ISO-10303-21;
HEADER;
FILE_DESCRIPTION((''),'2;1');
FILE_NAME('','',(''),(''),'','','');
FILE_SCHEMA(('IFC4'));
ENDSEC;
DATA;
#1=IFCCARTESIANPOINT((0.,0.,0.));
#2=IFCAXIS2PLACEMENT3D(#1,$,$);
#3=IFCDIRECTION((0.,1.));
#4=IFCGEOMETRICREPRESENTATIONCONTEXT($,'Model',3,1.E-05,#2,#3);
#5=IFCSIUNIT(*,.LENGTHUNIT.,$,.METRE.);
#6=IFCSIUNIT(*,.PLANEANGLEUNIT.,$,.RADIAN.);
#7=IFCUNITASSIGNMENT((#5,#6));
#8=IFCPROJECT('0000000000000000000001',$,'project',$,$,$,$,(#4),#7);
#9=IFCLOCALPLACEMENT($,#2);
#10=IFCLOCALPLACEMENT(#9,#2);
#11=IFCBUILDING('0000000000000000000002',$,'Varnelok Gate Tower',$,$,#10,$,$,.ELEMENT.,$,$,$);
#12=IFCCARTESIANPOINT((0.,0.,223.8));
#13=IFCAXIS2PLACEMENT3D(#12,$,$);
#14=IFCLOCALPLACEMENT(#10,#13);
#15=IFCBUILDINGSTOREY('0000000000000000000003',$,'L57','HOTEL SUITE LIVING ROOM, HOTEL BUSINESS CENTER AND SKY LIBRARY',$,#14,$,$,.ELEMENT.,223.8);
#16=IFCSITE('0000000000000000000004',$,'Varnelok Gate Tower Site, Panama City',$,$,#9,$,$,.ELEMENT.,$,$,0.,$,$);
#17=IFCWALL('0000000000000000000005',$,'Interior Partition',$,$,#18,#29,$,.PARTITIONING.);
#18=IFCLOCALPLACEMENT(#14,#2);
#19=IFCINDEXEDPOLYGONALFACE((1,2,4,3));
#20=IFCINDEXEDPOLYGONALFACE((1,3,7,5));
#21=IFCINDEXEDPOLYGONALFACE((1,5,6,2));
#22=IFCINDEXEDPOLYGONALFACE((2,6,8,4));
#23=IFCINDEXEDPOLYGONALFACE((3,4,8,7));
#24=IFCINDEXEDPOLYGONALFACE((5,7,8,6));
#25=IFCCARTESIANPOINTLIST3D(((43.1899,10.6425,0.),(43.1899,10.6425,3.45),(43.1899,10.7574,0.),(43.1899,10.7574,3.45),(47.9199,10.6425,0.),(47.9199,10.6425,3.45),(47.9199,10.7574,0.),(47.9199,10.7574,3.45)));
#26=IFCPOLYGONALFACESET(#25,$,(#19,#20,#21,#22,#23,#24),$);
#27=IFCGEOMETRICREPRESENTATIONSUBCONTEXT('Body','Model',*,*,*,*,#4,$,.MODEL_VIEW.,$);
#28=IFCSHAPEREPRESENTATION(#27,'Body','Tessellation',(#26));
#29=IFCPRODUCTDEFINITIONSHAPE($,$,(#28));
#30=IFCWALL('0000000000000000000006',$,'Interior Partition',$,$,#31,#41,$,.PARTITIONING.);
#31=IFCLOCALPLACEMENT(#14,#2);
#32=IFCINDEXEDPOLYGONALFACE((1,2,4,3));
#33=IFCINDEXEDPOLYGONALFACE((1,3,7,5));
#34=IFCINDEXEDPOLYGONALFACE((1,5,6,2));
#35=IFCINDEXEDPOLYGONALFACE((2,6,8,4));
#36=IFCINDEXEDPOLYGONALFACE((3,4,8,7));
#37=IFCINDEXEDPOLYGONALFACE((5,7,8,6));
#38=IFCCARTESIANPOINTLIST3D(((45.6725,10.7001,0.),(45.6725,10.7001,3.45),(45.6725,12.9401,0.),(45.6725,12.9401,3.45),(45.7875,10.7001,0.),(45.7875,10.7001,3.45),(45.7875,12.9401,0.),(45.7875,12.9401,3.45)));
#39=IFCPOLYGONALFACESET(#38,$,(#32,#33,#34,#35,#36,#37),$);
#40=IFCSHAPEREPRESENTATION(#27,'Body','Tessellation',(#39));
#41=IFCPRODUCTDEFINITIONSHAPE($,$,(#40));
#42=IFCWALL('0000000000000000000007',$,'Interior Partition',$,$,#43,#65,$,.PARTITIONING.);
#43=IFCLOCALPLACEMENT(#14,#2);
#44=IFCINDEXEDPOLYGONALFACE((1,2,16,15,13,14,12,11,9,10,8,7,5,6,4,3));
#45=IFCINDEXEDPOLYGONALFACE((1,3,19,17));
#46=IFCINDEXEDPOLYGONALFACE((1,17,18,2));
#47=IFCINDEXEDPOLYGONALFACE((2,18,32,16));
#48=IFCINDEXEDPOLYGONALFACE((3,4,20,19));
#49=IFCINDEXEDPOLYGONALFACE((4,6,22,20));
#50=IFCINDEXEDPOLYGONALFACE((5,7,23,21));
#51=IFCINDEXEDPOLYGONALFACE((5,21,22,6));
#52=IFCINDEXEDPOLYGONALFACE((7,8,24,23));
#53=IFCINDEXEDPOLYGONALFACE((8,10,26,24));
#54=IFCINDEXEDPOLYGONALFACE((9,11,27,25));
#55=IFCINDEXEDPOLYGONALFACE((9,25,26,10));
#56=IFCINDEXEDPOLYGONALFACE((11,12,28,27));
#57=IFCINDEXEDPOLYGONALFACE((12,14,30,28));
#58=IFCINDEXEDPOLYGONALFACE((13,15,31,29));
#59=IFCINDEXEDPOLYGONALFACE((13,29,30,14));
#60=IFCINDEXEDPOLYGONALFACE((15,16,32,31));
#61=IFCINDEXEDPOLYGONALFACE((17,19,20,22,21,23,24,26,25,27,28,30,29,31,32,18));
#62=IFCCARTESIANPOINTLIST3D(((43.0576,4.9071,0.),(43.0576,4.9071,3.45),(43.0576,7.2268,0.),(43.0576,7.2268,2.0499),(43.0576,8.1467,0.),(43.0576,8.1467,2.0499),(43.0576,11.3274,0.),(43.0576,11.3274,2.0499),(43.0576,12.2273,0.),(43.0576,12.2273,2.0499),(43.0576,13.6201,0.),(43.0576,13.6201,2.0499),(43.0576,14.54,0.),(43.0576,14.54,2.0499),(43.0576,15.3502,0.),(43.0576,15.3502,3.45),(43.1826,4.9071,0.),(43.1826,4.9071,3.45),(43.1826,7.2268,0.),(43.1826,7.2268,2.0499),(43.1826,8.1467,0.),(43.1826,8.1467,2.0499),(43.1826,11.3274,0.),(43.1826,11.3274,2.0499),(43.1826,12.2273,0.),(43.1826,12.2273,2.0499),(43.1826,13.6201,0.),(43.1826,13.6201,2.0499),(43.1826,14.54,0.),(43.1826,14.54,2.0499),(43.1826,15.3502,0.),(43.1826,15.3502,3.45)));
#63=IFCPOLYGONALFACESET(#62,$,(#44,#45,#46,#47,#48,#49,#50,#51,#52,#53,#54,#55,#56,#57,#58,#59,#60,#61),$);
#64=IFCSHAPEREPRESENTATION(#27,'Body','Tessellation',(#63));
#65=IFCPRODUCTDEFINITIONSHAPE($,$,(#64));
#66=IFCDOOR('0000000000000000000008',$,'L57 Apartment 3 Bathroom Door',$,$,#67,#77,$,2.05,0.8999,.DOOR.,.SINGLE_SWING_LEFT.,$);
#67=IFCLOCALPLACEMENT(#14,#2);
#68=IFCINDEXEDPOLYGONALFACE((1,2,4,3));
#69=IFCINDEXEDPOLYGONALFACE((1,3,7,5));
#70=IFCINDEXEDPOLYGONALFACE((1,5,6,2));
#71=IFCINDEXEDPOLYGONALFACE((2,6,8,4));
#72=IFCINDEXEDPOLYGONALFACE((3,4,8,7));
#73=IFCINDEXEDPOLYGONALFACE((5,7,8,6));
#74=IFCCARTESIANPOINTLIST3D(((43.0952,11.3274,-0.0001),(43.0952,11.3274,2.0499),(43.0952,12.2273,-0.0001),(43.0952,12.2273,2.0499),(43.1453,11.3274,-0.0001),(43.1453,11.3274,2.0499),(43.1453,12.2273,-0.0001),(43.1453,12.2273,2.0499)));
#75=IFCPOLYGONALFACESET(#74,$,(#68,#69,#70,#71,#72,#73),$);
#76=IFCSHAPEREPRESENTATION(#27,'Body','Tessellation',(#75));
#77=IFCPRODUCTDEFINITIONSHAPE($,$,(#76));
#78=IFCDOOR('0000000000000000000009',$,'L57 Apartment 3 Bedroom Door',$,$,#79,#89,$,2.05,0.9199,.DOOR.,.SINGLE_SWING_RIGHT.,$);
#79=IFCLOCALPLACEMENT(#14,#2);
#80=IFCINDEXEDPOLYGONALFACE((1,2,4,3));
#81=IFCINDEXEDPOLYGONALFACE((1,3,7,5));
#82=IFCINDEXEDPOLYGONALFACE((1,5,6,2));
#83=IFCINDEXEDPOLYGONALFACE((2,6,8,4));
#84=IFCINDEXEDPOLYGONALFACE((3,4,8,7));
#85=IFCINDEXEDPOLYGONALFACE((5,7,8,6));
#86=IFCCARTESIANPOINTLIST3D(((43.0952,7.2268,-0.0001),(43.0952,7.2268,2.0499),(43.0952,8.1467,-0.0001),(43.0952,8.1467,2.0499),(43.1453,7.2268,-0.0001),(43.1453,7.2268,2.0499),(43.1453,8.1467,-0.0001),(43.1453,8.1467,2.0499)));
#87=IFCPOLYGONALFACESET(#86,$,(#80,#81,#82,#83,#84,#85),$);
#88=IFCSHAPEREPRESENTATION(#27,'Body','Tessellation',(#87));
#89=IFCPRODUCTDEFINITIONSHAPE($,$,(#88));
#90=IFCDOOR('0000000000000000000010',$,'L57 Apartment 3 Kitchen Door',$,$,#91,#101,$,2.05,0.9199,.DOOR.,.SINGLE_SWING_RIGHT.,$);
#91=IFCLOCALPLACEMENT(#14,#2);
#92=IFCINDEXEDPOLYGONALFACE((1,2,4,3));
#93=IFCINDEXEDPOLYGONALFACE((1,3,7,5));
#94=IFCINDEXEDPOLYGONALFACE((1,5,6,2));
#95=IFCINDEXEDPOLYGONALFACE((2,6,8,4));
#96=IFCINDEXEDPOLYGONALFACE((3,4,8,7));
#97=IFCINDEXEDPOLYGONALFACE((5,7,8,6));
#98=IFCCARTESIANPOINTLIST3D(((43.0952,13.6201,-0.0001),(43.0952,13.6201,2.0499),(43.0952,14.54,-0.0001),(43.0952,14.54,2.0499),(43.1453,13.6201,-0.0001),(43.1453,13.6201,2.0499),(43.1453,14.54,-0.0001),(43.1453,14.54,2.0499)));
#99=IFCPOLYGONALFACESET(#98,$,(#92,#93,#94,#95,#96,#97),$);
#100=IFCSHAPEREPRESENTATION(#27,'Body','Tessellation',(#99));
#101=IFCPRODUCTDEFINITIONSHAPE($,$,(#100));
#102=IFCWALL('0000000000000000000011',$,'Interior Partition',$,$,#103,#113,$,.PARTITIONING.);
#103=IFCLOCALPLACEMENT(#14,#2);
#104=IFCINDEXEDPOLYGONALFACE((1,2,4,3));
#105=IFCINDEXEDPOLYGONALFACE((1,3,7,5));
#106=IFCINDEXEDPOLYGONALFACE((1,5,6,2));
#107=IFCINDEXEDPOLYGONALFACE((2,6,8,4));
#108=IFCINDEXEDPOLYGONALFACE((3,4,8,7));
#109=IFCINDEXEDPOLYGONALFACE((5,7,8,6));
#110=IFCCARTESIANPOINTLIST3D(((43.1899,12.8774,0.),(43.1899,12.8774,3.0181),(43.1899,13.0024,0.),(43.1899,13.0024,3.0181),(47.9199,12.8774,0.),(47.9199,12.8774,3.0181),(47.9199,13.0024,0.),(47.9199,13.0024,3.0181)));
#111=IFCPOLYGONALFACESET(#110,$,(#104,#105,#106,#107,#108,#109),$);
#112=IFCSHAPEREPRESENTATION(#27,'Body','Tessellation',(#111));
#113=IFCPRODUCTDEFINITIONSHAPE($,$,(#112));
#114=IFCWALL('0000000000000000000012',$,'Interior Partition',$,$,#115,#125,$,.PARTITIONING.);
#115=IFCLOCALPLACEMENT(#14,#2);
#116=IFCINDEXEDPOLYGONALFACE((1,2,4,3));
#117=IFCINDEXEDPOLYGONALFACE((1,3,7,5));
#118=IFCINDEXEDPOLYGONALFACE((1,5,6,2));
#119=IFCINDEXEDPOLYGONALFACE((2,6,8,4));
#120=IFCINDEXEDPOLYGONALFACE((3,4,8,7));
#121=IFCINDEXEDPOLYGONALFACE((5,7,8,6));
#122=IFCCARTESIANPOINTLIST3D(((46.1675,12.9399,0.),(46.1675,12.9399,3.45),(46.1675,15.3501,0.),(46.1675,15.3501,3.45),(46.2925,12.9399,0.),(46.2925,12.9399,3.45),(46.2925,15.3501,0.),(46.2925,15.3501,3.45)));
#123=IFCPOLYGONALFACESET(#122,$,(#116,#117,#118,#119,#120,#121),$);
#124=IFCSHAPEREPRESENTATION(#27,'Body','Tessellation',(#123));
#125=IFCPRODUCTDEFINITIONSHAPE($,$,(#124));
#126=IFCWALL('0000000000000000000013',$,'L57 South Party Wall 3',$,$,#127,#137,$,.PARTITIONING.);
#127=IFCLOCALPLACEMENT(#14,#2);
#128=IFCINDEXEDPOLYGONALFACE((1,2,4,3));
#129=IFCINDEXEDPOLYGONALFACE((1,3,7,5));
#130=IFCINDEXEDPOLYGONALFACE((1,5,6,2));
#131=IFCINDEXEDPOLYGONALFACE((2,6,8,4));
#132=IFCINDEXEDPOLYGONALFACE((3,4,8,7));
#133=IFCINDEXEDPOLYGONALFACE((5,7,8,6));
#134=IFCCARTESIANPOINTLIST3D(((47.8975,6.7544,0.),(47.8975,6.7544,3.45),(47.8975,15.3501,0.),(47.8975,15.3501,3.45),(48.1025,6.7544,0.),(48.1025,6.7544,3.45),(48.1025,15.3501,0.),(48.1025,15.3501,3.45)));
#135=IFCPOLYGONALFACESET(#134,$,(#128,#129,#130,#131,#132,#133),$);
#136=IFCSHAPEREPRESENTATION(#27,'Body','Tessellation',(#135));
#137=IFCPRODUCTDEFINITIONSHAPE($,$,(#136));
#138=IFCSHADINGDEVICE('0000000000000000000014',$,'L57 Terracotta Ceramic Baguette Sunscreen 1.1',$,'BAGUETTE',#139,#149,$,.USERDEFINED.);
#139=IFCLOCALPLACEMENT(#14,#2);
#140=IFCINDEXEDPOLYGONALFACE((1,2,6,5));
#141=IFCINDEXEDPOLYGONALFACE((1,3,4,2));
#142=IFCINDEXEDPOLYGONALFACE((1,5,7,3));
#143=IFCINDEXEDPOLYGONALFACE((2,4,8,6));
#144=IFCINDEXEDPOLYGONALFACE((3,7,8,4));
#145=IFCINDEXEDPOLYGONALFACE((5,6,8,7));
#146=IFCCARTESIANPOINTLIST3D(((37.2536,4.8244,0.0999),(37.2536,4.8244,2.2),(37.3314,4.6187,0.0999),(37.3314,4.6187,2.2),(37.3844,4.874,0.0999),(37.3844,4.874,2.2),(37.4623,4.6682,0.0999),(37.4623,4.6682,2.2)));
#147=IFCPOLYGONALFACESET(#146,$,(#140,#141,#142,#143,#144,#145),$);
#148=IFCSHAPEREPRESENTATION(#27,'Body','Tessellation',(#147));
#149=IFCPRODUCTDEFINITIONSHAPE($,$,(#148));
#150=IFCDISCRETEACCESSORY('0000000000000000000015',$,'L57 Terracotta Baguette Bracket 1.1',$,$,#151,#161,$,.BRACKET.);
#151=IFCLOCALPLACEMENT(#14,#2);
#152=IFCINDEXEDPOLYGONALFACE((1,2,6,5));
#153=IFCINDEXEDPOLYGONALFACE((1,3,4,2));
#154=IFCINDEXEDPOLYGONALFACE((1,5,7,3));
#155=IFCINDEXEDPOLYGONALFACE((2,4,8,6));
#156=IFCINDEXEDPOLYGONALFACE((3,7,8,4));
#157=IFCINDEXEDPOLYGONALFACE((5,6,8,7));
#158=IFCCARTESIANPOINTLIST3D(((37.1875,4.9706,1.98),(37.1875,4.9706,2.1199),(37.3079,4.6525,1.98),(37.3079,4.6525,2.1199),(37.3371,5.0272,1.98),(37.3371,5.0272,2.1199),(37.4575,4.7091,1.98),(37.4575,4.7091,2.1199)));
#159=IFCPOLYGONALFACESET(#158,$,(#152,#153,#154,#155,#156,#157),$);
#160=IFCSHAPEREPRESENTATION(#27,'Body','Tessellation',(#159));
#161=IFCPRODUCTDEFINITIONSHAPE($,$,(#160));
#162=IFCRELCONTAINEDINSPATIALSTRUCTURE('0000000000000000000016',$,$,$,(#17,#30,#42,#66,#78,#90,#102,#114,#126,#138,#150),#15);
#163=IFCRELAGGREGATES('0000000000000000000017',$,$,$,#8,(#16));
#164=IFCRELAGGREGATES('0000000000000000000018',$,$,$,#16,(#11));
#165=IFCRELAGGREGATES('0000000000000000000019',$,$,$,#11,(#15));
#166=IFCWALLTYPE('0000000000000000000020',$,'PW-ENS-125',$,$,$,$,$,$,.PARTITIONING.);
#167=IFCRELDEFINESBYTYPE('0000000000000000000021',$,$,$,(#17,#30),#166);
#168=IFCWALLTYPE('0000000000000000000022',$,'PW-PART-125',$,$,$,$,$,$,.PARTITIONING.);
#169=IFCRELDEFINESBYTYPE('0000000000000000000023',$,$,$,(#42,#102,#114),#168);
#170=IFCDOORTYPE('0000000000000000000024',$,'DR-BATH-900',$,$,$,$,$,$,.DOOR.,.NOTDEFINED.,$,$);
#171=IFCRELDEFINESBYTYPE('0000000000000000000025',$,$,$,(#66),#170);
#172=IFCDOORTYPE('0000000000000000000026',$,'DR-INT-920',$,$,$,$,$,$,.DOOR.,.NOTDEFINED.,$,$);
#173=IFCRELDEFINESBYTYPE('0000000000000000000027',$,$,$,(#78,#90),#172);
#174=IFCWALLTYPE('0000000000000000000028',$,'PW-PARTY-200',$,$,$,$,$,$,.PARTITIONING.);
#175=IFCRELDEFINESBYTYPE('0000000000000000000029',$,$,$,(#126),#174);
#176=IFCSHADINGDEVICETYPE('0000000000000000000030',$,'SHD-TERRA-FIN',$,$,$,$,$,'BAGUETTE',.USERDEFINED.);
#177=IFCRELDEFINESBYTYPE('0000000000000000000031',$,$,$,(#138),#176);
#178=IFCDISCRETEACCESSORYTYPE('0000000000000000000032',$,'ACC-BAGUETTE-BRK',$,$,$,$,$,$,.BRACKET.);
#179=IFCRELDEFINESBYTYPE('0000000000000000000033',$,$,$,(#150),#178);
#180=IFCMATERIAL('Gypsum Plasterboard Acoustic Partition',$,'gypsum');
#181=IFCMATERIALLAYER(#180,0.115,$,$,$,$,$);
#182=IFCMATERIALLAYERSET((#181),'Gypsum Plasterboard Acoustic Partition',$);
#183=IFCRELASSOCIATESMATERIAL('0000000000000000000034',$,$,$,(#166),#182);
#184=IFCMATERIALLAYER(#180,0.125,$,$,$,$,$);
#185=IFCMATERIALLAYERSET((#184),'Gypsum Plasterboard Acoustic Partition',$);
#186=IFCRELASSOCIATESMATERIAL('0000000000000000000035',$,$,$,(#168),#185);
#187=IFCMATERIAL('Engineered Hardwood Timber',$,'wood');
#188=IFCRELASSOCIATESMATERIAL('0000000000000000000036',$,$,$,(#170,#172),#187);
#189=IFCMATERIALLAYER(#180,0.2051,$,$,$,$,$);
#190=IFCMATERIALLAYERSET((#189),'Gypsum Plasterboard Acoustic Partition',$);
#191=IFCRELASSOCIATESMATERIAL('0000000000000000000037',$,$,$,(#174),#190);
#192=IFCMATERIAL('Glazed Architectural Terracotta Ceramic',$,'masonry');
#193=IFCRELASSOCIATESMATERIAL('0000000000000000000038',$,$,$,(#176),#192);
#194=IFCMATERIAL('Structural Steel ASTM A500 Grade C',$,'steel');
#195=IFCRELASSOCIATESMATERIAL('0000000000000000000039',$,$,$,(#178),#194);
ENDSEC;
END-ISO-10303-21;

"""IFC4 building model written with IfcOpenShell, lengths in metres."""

from ifc_helpers import new_model, si_unit, direction, frame, frame_2d, origin, origin_2d, place, context, subcontext, project, spatial, rectangle, extrude, source, transform, mapped, material, layer, layer_set, type_object, element, fill, save


model = new_model("IFC4")

# Units and contexts
model_context = context("Model", 3, precision=1e-05, world=origin(), true_north=direction((0.0, 1.0)))
body_context = subcontext(model_context, "Body", "Model", "MODEL_VIEW")
ifc_project = project(units=[si_unit("LENGTHUNIT", "METRE"), si_unit("PLANEANGLEUNIT", "RADIAN")], contexts=[model_context])

# Site, building, storey
site_placement = place(None, origin())
site = spatial("IfcSite", under=ifc_project, at=site_placement, Name="Varnelok Gate Tower Site, Panama City", CompositionType="ELEMENT", RefElevation=0.0)
building_placement = place(site_placement, origin())
building = spatial("IfcBuilding", under=site, at=building_placement, Name="Varnelok Gate Tower", CompositionType="ELEMENT")
storey_placement = place(building_placement, frame((0.0, 0.0, 223.8)))
storey = spatial("IfcBuildingStorey", under=building, at=storey_placement, Name="L57", Description="HOTEL SUITE LIVING ROOM, HOTEL BUSINESS CENTER AND SKY LIBRARY", CompositionType="ELEMENT", Elevation=223.8)

# Shared definitions
ifc_material_1 = material(Name="Gypsum Plasterboard Acoustic Partition", Category="gypsum")
ifc_material_2 = material(Name="Engineered Hardwood Timber", Category="wood")

# Walls
ifc_layer_1 = layer(ifc_material_1, 0.115)
ifc_layer_set_1 = layer_set([ifc_layer_1], Name="Gypsum Plasterboard Acoustic Partition")
wall_type_1 = type_object("IfcWallType", Name="PW-ENS-125", PredefinedType="PARTITIONING", material=ifc_layer_set_1)
wall_1_placement = place(storey_placement, frame((43.1899, 10.7, 0.0), z_axis=(0.0, 0.0, 1.0), x_axis=(1.0, 0.0, 0.0)))
element("IfcWall", 1, at=wall_1_placement, inside=storey, type_object=wall_type_1, Name="Interior Partition", PredefinedType="PARTITIONING", context=body_context, shape_type="SweptSolid", body=[
    extrude(rectangle(XDim=4.73, YDim=0.115, at=frame_2d((2.365, 0.0))), origin(), (0.0, 0.0, 1.0), 3.45),
])
wall_2_placement = place(storey_placement, frame((45.73, 10.7, 0.0), z_axis=(0.0, 0.0, 1.0), x_axis=(0.0, 1.0, 0.0)))
element("IfcWall", 2, at=wall_2_placement, inside=storey, type_object=wall_type_1, Name="Interior Partition", PredefinedType="PARTITIONING", context=body_context, shape_type="SweptSolid", body=[
    extrude(rectangle(XDim=2.24, YDim=0.115, at=frame_2d((1.1201, 0.0))), origin(), (0.0, 0.0, 1.0), 3.45),
])

# Wall, openings, doors
ifc_layer_2 = layer(ifc_material_1, 0.125)
ifc_layer_set_2 = layer_set([ifc_layer_2], Name="Gypsum Plasterboard Acoustic Partition")
wall_type_2 = type_object("IfcWallType", Name="PW-PART-125", PredefinedType="PARTITIONING", material=ifc_layer_set_2)
wall_3_placement = place(storey_placement, frame((43.1201, 4.907, 0.0), z_axis=(0.0, 0.0, 1.0), x_axis=(0.0, 1.0, 0.0)))
wall_3 = element("IfcWall", 3, at=wall_3_placement, inside=storey, type_object=wall_type_2, Name="Interior Partition", PredefinedType="PARTITIONING", context=body_context, shape_type="SweptSolid", body=[
    extrude(rectangle(XDim=10.4431, YDim=0.125, at=frame_2d((5.2217, 0.0))), origin(), (0.0, 0.0, 1.0), 3.45),
])
opening_1_placement = place(wall_3_placement, frame((2.3198, 0.0, 0.0)))
opening_1 = element("IfcOpeningElement", 4, at=opening_1_placement, cuts=wall_3, PredefinedType="OPENING", context=body_context, shape_type="SweptSolid", body=[
    extrude(rectangle(XDim=0.9199, YDim=2.05, at=frame_2d((0.46, 1.0249))), frame((0.0, 0.0725, 0.0), z_axis=(0.0, -1.0, 0.0), x_axis=(1.0, 0.0, 0.0)), (0.0, 0.0, 1.0), 0.145),
])
opening_2_placement = place(wall_3_placement, frame((6.4204, 0.0, 0.0)))
opening_2 = element("IfcOpeningElement", 5, at=opening_2_placement, cuts=wall_3, PredefinedType="OPENING", context=body_context, shape_type="SweptSolid", body=[
    extrude(rectangle(XDim=0.8999, YDim=2.05, at=frame_2d((0.45, 1.0249))), frame((0.0, 0.0725, 0.0), z_axis=(0.0, -1.0, 0.0), x_axis=(1.0, 0.0, 0.0)), (0.0, 0.0, 1.0), 0.145),
])
opening_3_placement = place(wall_3_placement, frame((8.7131, 0.0, 0.0)))
opening_3 = element("IfcOpeningElement", 6, at=opening_3_placement, cuts=wall_3, PredefinedType="OPENING", context=body_context, shape_type="SweptSolid", body=[
    extrude(rectangle(XDim=0.9199, YDim=2.05, at=frame_2d((0.46, 1.0249))), frame((0.0, 0.0725, 0.0), z_axis=(0.0, -1.0, 0.0), x_axis=(1.0, 0.0, 0.0)), (0.0, 0.0, 1.0), 0.145),
])
door_type_1 = type_object("IfcDoorType", Name="DR-BATH-900", OperationType="NOTDEFINED", PredefinedType="DOOR", material=ifc_material_2)
door_1_placement = place(opening_2_placement, origin())
door_1 = element("IfcDoor", 7, at=door_1_placement, inside=storey, type_object=door_type_1, Name="L57 Apartment 3 Bathroom Door", OperationType="SINGLE_SWING_LEFT", OverallHeight=2.05, OverallWidth=0.8999, PredefinedType="DOOR", context=body_context, shape_type="SweptSolid", body=[
    extrude(rectangle(XDim=0.8999, YDim=2.05, at=frame_2d((0.45, 1.0249))), frame((0.0, 0.0249, 0.0), z_axis=(0.0, -1.0, 0.0), x_axis=(1.0, 0.0, 0.0)), (0.0, 0.0, 1.0), 0.05),
])
fill(opening_2, door_1)
door_type_2 = type_object("IfcDoorType", Name="DR-INT-920", OperationType="NOTDEFINED", PredefinedType="DOOR", material=ifc_material_2)
door_2_placement = place(opening_1_placement, origin())
door_2 = element("IfcDoor", 8, at=door_2_placement, inside=storey, type_object=door_type_2, Name="L57 Apartment 3 Bedroom Door", OperationType="SINGLE_SWING_RIGHT", OverallHeight=2.05, OverallWidth=0.9199, PredefinedType="DOOR", context=body_context, shape_type="SweptSolid", body=[
    extrude(rectangle(XDim=0.9199, YDim=2.05, at=frame_2d((0.46, 1.0249))), frame((0.0, 0.0249, 0.0), z_axis=(0.0, -1.0, 0.0), x_axis=(1.0, 0.0, 0.0)), (0.0, 0.0, 1.0), 0.05),
])
fill(opening_1, door_2)
door_3_placement = place(opening_3_placement, origin())
door_3 = element("IfcDoor", 9, at=door_3_placement, inside=storey, type_object=door_type_2, Name="L57 Apartment 3 Kitchen Door", OperationType="SINGLE_SWING_RIGHT", OverallHeight=2.05, OverallWidth=0.9199, PredefinedType="DOOR", context=body_context, shape_type="SweptSolid", body=[
    extrude(rectangle(XDim=0.9199, YDim=2.05, at=frame_2d((0.46, 1.0249))), frame((0.0, 0.0249, 0.0), z_axis=(0.0, -1.0, 0.0), x_axis=(1.0, 0.0, 0.0)), (0.0, 0.0, 1.0), 0.05),
])
fill(opening_3, door_3)

# Walls
wall_4_placement = place(storey_placement, frame((43.1899, 12.9399, 0.0), z_axis=(0.0, 0.0, 1.0), x_axis=(1.0, 0.0, 0.0)))
element("IfcWall", 10, at=wall_4_placement, inside=storey, type_object=wall_type_2, Name="Interior Partition", PredefinedType="PARTITIONING", context=body_context, shape_type="SweptSolid", body=[
    extrude(rectangle(XDim=4.73, YDim=0.125, at=frame_2d((2.365, 0.0))), origin(), (0.0, 0.0, 1.0), 3.0181),
])
wall_5_placement = place(storey_placement, frame((46.23, 12.9399, 0.0), z_axis=(0.0, 0.0, 1.0), x_axis=(0.0, 1.0, 0.0)))
element("IfcWall", 11, at=wall_5_placement, inside=storey, type_object=wall_type_2, Name="Interior Partition", PredefinedType="PARTITIONING", context=body_context, shape_type="SweptSolid", body=[
    extrude(rectangle(XDim=2.4102, YDim=0.125, at=frame_2d((1.2051, 0.0))), origin(), (0.0, 0.0, 1.0), 3.45),
])
ifc_layer_3 = layer(ifc_material_1, 0.2051)
ifc_layer_set_3 = layer_set([ifc_layer_3], Name="Gypsum Plasterboard Acoustic Partition")
wall_type_3 = type_object("IfcWallType", Name="PW-PARTY-200", PredefinedType="PARTITIONING", material=ifc_layer_set_3)
wall_6_placement = place(storey_placement, frame((48.0, 6.7544, 0.0), z_axis=(0.0, 0.0, 1.0), x_axis=(0.0, 1.0, 0.0)))
element("IfcWall", 12, at=wall_6_placement, inside=storey, type_object=wall_type_3, Name="L57 South Party Wall 3", PredefinedType="PARTITIONING", context=body_context, shape_type="SweptSolid", body=[
    extrude(rectangle(XDim=8.5957, YDim=0.2051, at=frame_2d((4.2979, 0.0))), origin(), (0.0, 0.0, 1.0), 3.45),
])

# Shading device
ifc_material_3 = material(Name="Glazed Architectural Terracotta Ceramic", Category="masonry")
shading_device_type = type_object("IfcShadingDeviceType", Name="SHD-TERRA-FIN", ElementType="BAGUETTE", PredefinedType="USERDEFINED", material=ifc_material_3)
shared_shape_1 = source(origin(), body_context, "Body", "SweptSolid", [
    extrude(rectangle(XDim=0.1399, YDim=0.22, at=origin_2d()), origin(), (0.0, 0.0, 1.0), 2.1001),
])
shading_device_placement = place(storey_placement, frame((37.3579, 4.7463, 0.0999), z_axis=(0.0, 0.0, 1.0), x_axis=(0.935222, 0.354063, 0.0)))
element("IfcShadingDevice", 13, at=shading_device_placement, inside=storey, type_object=shading_device_type, Name="L57 Terracotta Ceramic Baguette Sunscreen 1.1", ObjectType="BAGUETTE", PredefinedType="USERDEFINED", context=body_context, shape_type="MappedRepresentation", body=[
    mapped(shared_shape_1, transform((0.0, 0.0, 0.0), scale=1.0)),
])

# Discrete accessory
ifc_material_4 = material(Name="Structural Steel ASTM A500 Grade C", Category="steel")
discrete_accessory_type = type_object("IfcDiscreteAccessoryType", Name="ACC-BAGUETTE-BRK", PredefinedType="BRACKET", material=ifc_material_4)
shared_shape_2 = source(origin(), body_context, "Body", "SweptSolid", [
    extrude(rectangle(XDim=0.1599, YDim=0.3401, at=origin_2d()), origin(), (0.0, 0.0, 1.0), 0.1399),
])
discrete_accessory_placement = place(storey_placement, frame((37.3225, 4.8398, 1.98), z_axis=(0.0, 0.0, 1.0), x_axis=(0.935222, 0.354063, 0.0)))
element("IfcDiscreteAccessory", 14, at=discrete_accessory_placement, inside=storey, type_object=discrete_accessory_type, Name="L57 Terracotta Baguette Bracket 1.1", PredefinedType="BRACKET", context=body_context, shape_type="MappedRepresentation", body=[
    mapped(shared_shape_2, transform((0.0, 0.0, 0.0), scale=1.0)),
])

save(model, "model.ifc")
